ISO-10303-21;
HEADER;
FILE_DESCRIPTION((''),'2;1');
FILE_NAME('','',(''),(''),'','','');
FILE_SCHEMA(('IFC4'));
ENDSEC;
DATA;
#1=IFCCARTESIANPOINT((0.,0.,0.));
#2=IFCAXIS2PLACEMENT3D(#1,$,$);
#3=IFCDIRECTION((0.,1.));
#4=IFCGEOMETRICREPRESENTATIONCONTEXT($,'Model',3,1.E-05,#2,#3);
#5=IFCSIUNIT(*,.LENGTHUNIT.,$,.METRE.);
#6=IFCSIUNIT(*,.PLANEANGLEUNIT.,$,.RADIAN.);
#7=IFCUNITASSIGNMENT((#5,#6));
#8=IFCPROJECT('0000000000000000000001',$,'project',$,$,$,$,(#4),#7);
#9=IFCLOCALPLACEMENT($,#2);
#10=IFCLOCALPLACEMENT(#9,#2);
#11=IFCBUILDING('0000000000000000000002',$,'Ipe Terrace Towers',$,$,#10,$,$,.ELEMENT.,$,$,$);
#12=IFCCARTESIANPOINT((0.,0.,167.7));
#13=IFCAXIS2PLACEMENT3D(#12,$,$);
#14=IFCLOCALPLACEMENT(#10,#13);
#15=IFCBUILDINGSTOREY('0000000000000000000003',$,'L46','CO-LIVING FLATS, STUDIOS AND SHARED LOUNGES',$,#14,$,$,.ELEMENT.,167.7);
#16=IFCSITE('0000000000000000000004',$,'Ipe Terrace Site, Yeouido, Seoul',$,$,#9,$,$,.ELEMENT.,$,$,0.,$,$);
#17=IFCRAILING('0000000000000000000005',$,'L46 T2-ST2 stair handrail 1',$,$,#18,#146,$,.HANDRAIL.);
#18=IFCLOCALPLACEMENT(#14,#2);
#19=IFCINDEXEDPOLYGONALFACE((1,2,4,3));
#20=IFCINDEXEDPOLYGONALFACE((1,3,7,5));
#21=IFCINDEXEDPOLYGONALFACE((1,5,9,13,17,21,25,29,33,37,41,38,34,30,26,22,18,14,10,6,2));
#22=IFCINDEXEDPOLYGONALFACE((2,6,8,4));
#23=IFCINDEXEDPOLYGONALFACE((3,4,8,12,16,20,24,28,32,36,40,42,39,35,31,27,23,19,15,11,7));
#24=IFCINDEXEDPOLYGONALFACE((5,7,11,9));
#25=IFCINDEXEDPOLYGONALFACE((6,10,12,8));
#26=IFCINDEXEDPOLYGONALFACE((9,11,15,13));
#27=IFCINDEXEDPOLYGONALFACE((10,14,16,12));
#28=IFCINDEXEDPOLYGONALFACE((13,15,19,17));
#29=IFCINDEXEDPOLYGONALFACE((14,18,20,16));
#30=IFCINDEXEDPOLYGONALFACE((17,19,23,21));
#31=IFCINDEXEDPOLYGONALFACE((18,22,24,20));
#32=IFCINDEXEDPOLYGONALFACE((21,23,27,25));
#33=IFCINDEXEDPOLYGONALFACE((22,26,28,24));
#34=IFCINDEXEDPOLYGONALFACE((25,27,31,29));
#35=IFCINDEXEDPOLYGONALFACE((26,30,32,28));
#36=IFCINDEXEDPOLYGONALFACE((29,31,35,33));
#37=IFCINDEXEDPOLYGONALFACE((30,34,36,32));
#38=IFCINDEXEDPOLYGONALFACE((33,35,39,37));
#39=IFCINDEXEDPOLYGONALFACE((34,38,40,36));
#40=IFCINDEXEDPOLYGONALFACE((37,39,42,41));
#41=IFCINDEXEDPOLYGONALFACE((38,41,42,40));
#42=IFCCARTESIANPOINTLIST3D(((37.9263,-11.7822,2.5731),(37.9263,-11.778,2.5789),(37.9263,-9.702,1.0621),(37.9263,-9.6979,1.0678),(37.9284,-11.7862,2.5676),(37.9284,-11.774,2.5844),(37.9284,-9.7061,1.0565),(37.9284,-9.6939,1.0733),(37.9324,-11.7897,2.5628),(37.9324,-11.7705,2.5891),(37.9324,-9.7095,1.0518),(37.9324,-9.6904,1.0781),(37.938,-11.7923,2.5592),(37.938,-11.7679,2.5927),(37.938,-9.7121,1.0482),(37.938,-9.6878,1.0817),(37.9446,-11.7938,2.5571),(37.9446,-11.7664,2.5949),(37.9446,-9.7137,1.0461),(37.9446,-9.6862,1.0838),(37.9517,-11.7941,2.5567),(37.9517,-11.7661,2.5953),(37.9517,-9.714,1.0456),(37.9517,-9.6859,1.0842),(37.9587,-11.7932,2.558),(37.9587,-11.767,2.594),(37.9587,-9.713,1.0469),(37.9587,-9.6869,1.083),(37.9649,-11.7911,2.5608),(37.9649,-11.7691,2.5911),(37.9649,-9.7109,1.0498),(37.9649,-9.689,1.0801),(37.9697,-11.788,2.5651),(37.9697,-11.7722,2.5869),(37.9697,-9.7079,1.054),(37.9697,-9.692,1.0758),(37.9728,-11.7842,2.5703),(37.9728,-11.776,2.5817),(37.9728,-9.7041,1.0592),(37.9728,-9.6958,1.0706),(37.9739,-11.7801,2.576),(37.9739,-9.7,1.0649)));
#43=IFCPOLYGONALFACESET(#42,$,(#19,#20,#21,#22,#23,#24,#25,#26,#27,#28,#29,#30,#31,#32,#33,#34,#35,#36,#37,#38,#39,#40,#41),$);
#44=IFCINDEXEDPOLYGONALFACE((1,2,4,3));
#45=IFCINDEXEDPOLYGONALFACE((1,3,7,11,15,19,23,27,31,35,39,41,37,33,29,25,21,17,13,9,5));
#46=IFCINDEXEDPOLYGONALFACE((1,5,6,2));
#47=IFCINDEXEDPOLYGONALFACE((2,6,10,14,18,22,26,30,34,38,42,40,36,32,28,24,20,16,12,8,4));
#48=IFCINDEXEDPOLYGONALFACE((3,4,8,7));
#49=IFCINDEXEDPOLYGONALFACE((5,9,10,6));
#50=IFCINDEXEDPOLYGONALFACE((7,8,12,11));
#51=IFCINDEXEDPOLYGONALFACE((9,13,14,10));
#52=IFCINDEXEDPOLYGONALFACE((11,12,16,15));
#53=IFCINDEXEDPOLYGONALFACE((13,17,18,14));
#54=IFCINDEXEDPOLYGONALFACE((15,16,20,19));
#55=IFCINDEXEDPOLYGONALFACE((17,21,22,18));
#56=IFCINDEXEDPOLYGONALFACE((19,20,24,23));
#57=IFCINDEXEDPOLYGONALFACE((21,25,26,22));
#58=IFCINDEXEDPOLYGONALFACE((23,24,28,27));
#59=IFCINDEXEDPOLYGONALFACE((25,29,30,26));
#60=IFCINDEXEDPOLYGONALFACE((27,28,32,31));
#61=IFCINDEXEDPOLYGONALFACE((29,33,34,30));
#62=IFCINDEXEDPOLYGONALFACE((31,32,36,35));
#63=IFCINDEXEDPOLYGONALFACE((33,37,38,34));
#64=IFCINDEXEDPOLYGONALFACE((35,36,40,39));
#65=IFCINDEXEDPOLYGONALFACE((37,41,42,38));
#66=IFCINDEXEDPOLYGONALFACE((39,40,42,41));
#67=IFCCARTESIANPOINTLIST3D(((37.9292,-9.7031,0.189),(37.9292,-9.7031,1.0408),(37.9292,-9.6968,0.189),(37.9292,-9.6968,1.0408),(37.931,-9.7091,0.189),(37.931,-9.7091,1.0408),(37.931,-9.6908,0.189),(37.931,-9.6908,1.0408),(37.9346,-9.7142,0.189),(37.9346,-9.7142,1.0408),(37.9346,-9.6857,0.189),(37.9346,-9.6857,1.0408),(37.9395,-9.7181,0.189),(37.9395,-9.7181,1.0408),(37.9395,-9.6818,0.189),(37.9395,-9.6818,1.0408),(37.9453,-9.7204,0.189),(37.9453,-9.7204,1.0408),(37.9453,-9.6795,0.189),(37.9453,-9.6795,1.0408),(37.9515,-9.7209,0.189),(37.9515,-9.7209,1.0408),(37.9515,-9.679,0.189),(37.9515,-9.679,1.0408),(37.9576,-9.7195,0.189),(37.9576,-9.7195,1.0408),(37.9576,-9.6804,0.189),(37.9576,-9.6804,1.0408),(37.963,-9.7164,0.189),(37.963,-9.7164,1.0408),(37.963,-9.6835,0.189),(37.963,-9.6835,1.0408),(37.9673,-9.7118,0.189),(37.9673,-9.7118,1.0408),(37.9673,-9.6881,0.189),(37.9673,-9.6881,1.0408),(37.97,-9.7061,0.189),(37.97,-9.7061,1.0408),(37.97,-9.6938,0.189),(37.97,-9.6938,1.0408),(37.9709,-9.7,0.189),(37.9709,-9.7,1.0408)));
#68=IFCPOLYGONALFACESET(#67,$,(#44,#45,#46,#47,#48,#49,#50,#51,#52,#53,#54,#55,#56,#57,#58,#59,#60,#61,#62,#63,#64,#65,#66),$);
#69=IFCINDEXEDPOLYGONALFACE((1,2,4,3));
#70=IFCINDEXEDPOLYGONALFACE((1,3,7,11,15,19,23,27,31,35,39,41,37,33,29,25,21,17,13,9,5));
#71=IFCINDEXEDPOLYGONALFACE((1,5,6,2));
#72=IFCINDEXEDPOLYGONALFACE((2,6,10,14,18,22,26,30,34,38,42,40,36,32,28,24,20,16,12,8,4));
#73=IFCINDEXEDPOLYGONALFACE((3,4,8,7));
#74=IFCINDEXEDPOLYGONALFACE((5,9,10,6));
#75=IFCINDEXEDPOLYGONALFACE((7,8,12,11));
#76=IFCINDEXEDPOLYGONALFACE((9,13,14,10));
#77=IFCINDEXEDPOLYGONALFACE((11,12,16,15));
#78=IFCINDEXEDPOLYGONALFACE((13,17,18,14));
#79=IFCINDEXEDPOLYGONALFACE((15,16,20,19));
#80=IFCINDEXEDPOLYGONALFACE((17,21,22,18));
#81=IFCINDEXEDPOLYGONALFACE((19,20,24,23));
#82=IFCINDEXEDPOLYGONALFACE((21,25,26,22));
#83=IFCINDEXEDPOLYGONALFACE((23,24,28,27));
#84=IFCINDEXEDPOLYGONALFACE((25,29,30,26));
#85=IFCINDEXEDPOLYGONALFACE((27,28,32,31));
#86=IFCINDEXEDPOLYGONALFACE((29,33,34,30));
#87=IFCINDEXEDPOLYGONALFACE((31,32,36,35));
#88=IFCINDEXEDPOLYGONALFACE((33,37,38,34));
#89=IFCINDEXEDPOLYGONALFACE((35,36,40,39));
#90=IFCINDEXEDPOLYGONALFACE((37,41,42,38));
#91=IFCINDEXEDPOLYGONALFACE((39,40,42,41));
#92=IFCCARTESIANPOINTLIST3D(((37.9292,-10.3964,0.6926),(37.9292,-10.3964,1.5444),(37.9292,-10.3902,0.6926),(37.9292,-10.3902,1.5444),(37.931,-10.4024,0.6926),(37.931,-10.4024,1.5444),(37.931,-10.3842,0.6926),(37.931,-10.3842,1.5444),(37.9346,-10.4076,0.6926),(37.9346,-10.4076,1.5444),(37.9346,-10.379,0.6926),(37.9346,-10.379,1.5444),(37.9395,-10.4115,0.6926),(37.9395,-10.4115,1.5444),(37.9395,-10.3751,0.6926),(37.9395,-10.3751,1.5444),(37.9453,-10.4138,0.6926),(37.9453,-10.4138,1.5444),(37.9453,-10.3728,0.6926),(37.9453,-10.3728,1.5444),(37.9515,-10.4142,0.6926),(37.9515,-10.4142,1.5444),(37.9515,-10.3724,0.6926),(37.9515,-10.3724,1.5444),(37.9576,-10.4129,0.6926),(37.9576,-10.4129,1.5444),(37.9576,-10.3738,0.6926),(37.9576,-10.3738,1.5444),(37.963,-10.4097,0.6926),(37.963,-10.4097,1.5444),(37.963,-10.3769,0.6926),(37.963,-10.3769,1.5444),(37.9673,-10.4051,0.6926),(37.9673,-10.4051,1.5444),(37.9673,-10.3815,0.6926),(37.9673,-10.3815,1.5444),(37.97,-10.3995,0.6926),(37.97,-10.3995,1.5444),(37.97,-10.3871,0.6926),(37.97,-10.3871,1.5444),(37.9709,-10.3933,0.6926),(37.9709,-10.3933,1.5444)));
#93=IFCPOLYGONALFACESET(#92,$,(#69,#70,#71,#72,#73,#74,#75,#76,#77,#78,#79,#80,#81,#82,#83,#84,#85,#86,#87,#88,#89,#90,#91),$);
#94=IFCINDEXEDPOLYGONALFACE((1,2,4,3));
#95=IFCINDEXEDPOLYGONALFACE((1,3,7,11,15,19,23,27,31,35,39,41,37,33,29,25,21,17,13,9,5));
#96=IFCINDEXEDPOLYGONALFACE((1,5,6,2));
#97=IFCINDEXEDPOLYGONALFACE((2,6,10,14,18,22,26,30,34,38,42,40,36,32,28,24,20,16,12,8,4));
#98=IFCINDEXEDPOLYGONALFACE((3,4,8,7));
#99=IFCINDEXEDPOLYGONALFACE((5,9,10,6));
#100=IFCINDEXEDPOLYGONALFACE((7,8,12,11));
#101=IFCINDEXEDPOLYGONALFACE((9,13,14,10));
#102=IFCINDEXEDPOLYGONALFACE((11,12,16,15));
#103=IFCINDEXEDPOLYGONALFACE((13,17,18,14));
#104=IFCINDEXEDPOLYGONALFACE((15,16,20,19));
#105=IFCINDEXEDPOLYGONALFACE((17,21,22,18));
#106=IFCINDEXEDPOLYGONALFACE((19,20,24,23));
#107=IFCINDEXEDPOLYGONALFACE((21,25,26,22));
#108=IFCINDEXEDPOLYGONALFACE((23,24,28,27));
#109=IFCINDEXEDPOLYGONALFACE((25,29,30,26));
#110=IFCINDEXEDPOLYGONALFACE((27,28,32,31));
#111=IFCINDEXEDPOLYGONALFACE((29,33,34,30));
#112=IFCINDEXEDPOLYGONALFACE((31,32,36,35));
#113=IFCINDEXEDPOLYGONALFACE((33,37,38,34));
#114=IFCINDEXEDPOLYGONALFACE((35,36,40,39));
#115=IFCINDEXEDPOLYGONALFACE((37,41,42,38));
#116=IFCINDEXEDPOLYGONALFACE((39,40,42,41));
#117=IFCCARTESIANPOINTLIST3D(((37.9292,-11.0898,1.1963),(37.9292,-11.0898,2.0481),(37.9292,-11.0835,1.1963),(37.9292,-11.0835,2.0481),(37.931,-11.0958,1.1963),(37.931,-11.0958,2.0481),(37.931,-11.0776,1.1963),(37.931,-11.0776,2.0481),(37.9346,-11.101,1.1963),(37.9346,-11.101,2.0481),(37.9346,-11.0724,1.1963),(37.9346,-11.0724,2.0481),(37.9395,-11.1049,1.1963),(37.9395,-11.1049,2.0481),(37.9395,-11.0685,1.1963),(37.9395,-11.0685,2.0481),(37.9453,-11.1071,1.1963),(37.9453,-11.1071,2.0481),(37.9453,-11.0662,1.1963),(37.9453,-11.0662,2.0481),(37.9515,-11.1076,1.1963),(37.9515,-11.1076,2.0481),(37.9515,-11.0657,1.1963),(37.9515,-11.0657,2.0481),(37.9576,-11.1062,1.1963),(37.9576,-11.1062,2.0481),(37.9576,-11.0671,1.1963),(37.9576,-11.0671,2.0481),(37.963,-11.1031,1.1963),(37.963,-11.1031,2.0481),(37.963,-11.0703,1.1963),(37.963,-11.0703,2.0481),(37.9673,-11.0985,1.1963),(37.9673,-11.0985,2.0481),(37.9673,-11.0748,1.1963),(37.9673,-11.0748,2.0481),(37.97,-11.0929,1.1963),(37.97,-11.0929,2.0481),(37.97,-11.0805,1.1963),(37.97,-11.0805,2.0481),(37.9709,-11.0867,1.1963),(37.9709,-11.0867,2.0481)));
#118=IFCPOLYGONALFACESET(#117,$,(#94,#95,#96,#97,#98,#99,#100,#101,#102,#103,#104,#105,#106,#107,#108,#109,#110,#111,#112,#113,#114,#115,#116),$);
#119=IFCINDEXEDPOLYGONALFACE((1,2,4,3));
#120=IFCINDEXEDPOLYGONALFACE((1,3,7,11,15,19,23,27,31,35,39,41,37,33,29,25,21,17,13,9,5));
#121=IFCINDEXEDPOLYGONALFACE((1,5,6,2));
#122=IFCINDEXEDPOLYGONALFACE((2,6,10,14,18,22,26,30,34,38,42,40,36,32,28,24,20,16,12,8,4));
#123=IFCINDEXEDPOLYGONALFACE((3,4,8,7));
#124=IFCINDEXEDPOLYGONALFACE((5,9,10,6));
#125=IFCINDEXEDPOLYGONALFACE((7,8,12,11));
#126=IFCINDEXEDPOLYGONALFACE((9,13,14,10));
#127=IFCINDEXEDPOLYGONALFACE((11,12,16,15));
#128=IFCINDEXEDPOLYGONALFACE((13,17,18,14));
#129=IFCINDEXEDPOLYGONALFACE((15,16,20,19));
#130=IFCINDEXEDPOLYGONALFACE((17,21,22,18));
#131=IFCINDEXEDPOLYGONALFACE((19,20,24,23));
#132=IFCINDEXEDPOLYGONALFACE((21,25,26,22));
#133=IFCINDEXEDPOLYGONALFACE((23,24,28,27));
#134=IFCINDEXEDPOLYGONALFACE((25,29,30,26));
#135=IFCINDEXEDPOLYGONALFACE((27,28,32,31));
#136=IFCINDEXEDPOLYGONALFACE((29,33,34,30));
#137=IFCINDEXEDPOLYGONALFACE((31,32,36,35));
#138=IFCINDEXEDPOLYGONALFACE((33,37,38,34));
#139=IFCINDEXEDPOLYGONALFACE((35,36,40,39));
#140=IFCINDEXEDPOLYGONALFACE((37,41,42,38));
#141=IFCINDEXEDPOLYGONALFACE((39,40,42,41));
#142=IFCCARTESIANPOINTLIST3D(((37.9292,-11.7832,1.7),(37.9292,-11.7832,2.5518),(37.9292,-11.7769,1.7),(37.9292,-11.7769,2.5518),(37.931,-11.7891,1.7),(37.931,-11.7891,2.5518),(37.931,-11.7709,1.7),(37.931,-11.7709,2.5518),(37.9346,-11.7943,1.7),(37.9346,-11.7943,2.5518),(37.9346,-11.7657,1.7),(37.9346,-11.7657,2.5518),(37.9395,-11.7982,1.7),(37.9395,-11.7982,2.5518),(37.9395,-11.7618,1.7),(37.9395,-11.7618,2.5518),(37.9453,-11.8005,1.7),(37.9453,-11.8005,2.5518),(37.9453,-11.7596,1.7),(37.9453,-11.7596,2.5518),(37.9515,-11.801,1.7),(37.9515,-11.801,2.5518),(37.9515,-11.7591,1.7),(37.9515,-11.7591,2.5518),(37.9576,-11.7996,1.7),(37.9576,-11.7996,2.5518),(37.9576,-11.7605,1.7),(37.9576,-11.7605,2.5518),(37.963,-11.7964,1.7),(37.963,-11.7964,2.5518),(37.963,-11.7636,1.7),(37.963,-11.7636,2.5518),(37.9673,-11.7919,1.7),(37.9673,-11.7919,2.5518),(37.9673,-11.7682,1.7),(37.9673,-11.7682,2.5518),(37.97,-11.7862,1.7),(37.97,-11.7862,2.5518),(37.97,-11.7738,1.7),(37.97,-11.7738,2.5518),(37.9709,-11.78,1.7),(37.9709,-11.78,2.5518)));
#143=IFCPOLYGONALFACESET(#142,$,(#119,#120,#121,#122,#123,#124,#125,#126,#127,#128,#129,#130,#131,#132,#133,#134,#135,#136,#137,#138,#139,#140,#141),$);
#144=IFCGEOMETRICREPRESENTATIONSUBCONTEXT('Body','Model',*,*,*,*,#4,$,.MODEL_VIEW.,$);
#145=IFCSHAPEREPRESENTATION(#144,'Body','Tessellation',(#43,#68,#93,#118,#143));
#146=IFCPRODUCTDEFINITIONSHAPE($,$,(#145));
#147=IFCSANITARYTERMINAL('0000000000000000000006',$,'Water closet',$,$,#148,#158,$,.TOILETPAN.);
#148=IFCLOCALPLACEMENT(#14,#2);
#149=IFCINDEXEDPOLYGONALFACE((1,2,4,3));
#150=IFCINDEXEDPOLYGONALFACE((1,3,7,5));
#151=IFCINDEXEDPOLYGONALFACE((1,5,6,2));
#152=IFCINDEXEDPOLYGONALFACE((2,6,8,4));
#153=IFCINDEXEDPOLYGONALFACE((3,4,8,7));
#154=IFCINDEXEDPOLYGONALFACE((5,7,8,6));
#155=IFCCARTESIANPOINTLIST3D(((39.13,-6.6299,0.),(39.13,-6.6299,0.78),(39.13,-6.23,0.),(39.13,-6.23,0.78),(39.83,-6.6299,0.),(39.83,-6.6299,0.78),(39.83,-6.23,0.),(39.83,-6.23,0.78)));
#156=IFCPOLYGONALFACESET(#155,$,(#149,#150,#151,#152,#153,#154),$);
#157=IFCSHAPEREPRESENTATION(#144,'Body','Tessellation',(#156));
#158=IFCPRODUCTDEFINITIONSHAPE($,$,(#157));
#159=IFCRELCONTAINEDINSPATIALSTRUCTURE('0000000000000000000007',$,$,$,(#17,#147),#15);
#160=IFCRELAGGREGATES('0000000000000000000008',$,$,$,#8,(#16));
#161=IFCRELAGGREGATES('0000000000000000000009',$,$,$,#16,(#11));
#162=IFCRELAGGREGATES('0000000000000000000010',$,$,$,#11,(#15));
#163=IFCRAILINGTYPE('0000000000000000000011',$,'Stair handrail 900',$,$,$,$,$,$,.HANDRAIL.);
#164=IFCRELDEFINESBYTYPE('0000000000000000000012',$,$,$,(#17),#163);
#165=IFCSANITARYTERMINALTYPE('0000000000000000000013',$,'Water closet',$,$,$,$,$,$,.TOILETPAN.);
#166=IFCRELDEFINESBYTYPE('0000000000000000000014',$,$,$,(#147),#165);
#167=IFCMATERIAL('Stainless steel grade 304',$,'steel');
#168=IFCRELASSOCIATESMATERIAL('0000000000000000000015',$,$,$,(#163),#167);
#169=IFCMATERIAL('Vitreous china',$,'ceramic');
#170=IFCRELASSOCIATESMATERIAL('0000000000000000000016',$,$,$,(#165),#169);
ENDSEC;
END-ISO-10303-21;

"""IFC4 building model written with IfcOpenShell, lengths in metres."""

from ifc_helpers import new_model, si_unit, direction, frame, origin, origin_2d, place, context, subcontext, project, spatial, rectangle, circle, extrude, material, type_object, element, save


model = new_model("IFC4")

# Units and contexts
model_context = context("Model", 3, precision=1e-05, world=origin(), true_north=direction((0.0, 1.0)))
body_context = subcontext(model_context, "Body", "Model", "MODEL_VIEW")
ifc_project = project(units=[si_unit("LENGTHUNIT", "METRE"), si_unit("PLANEANGLEUNIT", "RADIAN")], contexts=[model_context])

# Site, building, storey
site_placement = place(None, origin())
site = spatial("IfcSite", under=ifc_project, at=site_placement, Name="Ipe Terrace Site, Yeouido, Seoul", CompositionType="ELEMENT", RefElevation=0.0)
building_placement = place(site_placement, origin())
building = spatial("IfcBuilding", under=site, at=building_placement, Name="Ipe Terrace Towers", CompositionType="ELEMENT")
storey_placement = place(building_placement, frame((0.0, 0.0, 167.7)))
storey = spatial("IfcBuildingStorey", under=building, at=storey_placement, Name="L46", Description="CO-LIVING FLATS, STUDIOS AND SHARED LOUNGES", CompositionType="ELEMENT", Elevation=167.7)

# Railing
ifc_material_1 = material(Name="Stainless steel grade 304", Category="steel")
railing_type_1 = type_object("IfcRailingType", Name="Stair handrail 900", PredefinedType="HANDRAIL", material=ifc_material_1)
railing_1_placement = place(storey_placement, frame((37.95, -9.7, 0.189)))
element("IfcRailing", 1, at=railing_1_placement, inside=storey, type_object=railing_type_1, Name="L46 T2-ST2 stair handrail 1", PredefinedType="HANDRAIL", context=body_context, shape_type="SweptSolid", body=[
    extrude(circle(Radius=0.0239, at=origin_2d()), frame((0.0, 0.0, 0.876), z_axis=(0.0, -0.809069, 0.587714), x_axis=(1.0, 0.0, 0.0)), (0.0, 0.0, 1.0), 2.571),
    extrude(circle(Radius=0.021, at=origin_2d()), origin(), (0.0, 0.0, 1.0), 0.8518),
    extrude(circle(Radius=0.021, at=origin_2d()), frame((0.0, -0.6934, 0.5037)), (0.0, 0.0, 1.0), 0.8518),
    extrude(circle(Radius=0.021, at=origin_2d()), frame((0.0, -1.3867, 1.0073)), (0.0, 0.0, 1.0), 0.8518),
    extrude(circle(Radius=0.021, at=origin_2d()), frame((0.0, -2.0801, 1.511)), (0.0, 0.0, 1.0), 0.8518),
])

# Sanitary terminal
ifc_material_2 = material(Name="Vitreous china", Category="ceramic")
sanitary_terminal_type = type_object("IfcSanitaryTerminalType", Name="Water closet", PredefinedType="TOILETPAN", material=ifc_material_2)
sanitary_terminal_placement = place(storey_placement, frame((39.48, -6.4299, 0.0), z_axis=(0.0, 0.0, 1.0), x_axis=(-1.0, 0.0, 0.0)))
element("IfcSanitaryTerminal", 2, at=sanitary_terminal_placement, inside=storey, type_object=sanitary_terminal_type, Name="Water closet", PredefinedType="TOILETPAN", context=body_context, shape_type="SweptSolid", body=[
    extrude(rectangle(XDim=0.7, YDim=0.3999, at=origin_2d()), origin(), (0.0, 0.0, 1.0), 0.78),
])

save(model, "model.ifc")
